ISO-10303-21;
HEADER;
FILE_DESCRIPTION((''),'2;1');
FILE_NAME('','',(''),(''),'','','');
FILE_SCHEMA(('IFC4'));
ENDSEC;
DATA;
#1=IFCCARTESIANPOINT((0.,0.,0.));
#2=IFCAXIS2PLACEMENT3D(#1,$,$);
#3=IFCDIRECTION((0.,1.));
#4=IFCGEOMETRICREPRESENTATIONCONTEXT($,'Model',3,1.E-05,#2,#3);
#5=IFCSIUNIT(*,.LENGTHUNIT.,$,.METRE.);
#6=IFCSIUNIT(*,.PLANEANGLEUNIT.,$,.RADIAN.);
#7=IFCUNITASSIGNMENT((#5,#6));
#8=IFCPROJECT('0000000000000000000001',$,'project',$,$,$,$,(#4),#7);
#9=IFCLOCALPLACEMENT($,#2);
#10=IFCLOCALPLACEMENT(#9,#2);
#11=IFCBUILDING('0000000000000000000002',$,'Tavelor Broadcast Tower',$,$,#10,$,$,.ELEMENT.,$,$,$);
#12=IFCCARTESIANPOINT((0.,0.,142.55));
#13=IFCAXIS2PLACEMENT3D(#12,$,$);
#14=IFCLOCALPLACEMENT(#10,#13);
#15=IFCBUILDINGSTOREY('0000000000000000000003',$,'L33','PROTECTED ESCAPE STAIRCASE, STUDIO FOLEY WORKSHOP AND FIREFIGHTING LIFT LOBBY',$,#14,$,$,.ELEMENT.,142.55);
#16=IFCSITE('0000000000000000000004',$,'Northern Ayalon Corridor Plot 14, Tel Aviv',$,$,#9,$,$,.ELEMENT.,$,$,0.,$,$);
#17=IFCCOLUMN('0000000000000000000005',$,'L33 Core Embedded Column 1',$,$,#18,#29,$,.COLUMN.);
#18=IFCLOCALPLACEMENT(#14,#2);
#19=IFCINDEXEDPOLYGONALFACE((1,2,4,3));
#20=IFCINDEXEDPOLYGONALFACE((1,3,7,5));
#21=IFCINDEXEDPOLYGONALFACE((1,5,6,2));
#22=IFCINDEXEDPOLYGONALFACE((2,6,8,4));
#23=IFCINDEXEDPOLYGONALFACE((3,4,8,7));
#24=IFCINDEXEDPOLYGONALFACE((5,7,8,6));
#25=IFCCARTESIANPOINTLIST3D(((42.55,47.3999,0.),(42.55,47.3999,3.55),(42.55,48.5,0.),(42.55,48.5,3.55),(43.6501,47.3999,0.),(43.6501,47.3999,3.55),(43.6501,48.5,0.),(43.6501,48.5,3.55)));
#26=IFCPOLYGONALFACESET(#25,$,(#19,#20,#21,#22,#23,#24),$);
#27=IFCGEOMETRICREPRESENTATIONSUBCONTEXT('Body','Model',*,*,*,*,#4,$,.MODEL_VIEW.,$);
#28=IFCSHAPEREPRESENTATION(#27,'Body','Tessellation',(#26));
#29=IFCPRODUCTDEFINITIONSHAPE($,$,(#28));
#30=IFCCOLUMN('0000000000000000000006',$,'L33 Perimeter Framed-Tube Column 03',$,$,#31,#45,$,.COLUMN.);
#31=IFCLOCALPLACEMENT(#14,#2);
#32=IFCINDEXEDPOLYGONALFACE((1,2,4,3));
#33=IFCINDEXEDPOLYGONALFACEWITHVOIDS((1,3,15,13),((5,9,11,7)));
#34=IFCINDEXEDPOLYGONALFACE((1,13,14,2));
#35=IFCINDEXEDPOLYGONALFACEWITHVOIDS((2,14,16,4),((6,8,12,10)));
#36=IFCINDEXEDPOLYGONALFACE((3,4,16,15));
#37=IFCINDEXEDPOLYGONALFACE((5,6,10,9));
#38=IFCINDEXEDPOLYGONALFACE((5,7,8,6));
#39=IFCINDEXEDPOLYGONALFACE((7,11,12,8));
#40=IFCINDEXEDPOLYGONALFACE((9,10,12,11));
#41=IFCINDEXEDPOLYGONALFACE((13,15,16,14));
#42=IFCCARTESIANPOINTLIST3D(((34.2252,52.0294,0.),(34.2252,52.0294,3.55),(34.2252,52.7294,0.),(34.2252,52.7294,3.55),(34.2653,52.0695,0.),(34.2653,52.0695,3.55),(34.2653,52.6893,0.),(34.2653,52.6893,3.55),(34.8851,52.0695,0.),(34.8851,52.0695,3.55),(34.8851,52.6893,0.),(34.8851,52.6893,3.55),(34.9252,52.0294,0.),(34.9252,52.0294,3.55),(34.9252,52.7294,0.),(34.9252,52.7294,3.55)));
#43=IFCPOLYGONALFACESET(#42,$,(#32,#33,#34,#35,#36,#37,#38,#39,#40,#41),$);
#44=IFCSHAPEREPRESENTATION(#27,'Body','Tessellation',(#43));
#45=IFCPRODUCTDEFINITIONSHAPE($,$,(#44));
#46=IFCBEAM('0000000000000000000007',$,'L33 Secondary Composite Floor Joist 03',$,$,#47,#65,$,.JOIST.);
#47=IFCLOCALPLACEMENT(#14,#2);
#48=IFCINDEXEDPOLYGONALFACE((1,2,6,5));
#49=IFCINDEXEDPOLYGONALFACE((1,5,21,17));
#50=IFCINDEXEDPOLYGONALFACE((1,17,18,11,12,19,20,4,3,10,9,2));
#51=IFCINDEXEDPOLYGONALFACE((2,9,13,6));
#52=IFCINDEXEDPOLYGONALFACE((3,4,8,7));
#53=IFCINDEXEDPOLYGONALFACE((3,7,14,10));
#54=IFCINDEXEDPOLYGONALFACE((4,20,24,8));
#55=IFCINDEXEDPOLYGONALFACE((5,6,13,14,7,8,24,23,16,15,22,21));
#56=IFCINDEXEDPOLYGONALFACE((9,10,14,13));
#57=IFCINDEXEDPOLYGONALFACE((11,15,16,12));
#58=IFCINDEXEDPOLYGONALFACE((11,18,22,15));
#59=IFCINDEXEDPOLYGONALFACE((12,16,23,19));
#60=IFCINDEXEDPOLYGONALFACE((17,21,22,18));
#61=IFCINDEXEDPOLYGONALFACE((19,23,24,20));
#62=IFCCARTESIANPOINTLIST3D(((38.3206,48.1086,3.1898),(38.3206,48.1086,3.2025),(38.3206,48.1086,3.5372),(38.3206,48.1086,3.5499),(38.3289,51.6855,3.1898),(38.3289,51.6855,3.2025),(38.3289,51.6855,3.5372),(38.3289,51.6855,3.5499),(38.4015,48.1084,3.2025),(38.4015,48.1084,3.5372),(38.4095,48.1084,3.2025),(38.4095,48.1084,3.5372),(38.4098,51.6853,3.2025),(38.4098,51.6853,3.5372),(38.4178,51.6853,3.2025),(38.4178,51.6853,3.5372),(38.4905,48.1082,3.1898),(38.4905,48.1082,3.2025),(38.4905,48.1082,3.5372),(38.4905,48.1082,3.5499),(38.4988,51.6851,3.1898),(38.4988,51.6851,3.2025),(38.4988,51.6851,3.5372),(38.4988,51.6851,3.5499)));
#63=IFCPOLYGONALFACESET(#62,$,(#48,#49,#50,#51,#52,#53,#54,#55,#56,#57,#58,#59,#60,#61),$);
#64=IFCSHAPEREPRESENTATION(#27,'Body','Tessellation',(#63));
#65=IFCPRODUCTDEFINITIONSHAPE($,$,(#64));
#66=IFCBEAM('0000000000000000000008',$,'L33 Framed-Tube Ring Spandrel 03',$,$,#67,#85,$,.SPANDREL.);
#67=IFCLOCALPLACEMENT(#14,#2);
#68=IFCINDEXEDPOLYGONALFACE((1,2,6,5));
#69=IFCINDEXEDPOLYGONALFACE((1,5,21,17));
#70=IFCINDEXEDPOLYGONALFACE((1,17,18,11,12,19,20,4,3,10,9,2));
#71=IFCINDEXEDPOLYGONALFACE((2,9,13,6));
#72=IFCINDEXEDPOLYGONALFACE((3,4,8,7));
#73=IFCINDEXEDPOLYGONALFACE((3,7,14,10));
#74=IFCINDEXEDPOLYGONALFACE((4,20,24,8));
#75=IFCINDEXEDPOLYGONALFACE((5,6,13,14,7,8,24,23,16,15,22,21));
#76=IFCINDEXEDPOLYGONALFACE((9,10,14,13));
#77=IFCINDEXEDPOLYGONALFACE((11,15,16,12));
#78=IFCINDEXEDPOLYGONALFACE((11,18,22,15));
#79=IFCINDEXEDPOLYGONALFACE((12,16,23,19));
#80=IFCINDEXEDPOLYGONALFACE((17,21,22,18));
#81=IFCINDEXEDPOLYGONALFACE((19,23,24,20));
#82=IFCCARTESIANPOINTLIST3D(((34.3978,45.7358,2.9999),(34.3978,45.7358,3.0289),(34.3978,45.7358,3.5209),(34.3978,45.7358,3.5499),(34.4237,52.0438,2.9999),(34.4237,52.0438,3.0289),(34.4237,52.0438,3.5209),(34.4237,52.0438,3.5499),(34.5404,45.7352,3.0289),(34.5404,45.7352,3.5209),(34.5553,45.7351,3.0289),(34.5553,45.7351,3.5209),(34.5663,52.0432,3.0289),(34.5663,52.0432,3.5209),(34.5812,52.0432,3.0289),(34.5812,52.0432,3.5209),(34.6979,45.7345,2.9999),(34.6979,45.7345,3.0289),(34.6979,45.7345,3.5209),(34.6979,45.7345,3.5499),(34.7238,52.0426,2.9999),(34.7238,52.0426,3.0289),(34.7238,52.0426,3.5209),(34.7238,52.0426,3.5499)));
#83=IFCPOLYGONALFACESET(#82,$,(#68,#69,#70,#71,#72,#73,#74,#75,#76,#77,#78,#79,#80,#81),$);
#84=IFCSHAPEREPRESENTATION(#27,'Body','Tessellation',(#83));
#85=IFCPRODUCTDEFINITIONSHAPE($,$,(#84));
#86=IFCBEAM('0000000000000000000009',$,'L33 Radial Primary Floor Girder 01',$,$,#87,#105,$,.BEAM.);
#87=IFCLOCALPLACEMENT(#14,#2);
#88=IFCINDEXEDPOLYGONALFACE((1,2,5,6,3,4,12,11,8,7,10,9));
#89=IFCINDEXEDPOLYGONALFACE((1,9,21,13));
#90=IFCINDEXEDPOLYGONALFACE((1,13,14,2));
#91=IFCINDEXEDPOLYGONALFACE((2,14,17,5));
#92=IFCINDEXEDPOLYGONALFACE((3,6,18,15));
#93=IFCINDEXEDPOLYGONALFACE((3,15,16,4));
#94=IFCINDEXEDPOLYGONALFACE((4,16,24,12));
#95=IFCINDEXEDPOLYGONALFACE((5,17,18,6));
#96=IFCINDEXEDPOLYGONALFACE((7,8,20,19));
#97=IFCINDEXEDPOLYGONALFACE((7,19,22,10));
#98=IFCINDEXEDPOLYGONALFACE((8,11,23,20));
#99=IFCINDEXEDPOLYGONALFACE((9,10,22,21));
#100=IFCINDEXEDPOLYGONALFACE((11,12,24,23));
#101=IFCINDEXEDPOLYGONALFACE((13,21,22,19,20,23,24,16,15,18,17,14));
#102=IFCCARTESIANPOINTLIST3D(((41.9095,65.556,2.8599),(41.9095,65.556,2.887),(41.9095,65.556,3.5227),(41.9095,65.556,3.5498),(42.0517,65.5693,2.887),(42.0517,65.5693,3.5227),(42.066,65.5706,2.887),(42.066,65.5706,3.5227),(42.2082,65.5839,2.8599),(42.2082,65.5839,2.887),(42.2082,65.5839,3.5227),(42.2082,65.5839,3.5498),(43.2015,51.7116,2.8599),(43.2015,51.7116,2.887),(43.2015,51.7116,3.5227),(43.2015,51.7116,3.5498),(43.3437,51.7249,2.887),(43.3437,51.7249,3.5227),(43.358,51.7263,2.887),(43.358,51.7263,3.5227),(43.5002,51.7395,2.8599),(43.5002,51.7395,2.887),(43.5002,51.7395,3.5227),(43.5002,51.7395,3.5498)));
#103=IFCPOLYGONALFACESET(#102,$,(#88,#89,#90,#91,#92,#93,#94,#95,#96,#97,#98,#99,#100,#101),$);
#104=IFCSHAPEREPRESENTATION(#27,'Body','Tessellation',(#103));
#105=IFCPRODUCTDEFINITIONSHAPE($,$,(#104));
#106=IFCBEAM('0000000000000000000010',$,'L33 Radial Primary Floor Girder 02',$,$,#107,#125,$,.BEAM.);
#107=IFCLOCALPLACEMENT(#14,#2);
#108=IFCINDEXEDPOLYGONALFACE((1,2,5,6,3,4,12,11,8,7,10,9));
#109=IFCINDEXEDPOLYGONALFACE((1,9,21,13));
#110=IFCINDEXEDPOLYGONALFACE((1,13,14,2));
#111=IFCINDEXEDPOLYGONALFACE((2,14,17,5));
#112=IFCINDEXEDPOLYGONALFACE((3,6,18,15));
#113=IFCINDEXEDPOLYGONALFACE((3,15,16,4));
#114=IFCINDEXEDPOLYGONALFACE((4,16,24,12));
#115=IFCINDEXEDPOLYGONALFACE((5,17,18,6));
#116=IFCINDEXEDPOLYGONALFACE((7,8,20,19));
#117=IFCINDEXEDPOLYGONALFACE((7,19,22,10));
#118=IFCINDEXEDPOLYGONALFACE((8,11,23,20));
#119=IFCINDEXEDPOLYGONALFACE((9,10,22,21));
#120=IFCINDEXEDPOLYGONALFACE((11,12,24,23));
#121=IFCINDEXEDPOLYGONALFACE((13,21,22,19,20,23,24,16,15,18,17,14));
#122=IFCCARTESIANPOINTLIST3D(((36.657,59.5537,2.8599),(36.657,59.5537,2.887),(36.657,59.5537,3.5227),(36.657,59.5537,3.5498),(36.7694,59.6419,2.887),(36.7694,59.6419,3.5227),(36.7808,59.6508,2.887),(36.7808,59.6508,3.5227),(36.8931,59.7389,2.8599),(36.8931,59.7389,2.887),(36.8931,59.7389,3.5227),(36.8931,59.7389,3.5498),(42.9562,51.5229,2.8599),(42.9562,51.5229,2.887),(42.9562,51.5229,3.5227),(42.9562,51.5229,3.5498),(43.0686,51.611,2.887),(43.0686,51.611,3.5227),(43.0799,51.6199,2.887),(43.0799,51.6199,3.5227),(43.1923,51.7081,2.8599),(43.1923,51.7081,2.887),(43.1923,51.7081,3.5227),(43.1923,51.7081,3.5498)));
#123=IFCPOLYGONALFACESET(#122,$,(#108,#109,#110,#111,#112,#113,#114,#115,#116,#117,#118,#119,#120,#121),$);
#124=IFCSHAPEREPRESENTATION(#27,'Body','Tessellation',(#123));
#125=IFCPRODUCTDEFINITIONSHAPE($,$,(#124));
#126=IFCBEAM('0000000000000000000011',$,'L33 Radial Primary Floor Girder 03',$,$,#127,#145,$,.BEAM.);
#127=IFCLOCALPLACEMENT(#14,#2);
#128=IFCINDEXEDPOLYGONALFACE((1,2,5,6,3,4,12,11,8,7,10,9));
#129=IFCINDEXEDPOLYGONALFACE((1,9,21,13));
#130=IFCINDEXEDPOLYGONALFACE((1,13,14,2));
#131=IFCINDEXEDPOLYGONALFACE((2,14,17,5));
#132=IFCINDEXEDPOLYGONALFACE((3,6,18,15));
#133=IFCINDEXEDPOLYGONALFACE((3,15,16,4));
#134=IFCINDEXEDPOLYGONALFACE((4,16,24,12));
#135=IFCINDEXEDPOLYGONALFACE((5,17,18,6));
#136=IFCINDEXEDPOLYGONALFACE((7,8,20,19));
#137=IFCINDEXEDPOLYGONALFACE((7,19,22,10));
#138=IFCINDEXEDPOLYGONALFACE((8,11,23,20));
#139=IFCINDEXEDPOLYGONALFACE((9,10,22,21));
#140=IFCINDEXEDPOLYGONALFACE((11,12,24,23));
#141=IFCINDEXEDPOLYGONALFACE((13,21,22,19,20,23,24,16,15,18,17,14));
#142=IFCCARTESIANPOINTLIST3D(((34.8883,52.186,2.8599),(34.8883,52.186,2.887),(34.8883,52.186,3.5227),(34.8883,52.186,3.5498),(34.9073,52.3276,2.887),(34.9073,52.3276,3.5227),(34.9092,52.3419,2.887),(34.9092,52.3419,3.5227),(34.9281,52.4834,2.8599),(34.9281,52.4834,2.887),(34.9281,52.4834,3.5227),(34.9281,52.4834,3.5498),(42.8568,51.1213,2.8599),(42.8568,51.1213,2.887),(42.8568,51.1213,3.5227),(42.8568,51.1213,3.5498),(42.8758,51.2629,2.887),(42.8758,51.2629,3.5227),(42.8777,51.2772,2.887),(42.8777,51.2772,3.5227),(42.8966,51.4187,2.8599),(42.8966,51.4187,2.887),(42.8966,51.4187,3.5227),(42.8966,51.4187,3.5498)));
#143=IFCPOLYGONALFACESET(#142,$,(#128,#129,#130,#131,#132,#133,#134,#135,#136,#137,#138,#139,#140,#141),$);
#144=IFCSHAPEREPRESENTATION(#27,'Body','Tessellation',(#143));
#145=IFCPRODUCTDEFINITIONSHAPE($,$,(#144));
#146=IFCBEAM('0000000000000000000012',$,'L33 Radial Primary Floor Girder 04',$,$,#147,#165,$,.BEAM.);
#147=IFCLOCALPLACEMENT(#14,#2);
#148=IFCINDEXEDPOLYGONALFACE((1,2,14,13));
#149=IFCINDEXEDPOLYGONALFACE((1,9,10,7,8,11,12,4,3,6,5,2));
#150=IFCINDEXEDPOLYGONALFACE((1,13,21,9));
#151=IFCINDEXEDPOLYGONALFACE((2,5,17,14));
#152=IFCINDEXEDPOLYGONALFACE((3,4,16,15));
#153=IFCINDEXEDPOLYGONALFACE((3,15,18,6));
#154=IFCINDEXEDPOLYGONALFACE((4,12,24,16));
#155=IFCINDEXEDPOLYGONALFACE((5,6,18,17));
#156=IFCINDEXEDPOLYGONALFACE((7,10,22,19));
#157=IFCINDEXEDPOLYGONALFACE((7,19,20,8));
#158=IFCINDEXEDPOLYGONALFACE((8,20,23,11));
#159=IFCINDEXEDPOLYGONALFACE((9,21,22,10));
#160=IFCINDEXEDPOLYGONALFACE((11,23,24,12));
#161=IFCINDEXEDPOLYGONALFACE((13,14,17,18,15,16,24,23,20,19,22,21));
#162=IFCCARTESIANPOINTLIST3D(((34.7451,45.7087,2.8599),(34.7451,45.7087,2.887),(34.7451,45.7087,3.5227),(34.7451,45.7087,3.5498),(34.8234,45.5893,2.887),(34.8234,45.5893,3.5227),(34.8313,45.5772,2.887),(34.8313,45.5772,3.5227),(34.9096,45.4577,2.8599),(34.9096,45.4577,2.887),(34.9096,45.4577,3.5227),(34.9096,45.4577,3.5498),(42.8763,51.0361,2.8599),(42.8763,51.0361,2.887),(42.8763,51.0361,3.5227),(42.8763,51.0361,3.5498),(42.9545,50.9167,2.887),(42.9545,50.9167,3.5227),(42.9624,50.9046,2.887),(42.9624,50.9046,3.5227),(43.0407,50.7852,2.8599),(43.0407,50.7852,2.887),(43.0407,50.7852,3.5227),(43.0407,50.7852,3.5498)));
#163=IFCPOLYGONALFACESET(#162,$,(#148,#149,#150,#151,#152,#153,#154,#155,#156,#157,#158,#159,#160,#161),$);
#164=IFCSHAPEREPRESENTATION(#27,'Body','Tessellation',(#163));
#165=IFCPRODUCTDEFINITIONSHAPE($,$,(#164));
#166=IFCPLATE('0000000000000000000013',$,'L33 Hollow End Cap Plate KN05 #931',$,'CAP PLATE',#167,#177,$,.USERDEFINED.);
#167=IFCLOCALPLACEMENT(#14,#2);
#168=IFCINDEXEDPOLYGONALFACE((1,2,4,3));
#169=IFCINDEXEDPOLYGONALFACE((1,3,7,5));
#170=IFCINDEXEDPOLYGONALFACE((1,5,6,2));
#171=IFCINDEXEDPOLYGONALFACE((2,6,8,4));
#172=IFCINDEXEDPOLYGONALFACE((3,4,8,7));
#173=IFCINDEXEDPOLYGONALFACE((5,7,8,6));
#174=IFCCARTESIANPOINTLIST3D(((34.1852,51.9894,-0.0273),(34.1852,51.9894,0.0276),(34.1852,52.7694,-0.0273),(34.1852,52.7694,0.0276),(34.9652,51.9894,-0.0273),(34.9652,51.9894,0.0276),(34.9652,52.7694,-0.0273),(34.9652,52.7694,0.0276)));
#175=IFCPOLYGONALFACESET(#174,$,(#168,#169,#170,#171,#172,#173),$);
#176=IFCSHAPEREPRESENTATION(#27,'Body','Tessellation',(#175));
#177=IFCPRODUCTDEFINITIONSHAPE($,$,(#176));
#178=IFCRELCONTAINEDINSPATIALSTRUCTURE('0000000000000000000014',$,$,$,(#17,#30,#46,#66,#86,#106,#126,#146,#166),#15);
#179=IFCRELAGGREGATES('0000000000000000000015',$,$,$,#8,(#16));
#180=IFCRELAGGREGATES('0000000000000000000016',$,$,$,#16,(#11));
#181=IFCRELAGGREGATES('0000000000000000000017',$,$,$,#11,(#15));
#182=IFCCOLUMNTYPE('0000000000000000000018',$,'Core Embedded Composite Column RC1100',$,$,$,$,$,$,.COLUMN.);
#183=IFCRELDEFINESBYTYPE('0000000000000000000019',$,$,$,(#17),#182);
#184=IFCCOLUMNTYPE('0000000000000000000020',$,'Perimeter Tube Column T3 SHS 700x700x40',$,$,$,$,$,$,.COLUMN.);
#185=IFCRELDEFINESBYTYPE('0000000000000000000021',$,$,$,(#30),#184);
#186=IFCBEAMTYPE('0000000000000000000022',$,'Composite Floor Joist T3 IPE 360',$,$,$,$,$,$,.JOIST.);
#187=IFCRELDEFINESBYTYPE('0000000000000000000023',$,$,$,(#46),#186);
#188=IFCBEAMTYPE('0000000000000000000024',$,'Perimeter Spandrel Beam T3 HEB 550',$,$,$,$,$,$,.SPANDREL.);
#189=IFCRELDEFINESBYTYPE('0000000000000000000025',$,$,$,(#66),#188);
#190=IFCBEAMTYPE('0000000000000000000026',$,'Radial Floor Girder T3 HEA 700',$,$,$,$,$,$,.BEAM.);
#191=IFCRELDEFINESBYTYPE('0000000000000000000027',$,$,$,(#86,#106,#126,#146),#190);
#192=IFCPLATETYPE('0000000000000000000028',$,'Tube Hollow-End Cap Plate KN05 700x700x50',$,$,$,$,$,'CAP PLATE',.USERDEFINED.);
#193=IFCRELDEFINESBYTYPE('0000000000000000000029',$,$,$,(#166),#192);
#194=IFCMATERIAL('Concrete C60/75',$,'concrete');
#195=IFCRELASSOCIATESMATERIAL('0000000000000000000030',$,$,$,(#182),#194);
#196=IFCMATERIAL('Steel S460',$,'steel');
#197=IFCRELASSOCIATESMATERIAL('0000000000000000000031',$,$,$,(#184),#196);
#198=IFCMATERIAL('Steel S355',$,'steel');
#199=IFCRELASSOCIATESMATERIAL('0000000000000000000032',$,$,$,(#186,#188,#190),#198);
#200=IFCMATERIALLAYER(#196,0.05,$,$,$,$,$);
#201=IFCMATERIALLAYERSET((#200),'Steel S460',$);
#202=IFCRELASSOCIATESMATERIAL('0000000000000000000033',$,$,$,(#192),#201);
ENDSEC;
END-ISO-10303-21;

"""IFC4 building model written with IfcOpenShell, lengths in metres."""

from ifc_helpers import new_model, si_unit, direction, frame, origin, origin_2d, place, context, subcontext, project, spatial, rectangle, hollow_rectangle, i_section, extrude, source, transform, mapped, material, layer, layer_set, material_profile, profile_set, type_object, type_shapes, element, save


model = new_model("IFC4")

# Units and contexts
model_context = context("Model", 3, precision=1e-05, world=origin(), true_north=direction((0.0, 1.0)))
body_context = subcontext(model_context, "Body", "Model", "MODEL_VIEW")
ifc_project = project(units=[si_unit("LENGTHUNIT", "METRE"), si_unit("PLANEANGLEUNIT", "RADIAN")], contexts=[model_context])

# Site, building, storey
site_placement = place(None, origin())
site = spatial("IfcSite", under=ifc_project, at=site_placement, Name="Northern Ayalon Corridor Plot 14, Tel Aviv", CompositionType="ELEMENT", RefElevation=0.0)
building_placement = place(site_placement, origin())
building = spatial("IfcBuilding", under=site, at=building_placement, Name="Tavelor Broadcast Tower", CompositionType="ELEMENT")
storey_placement = place(building_placement, frame((0.0, 0.0, 142.55)))
storey = spatial("IfcBuildingStorey", under=building, at=storey_placement, Name="L33", Description="PROTECTED ESCAPE STAIRCASE, STUDIO FOLEY WORKSHOP AND FIREFIGHTING LIFT LOBBY", CompositionType="ELEMENT", Elevation=142.55)

# Columns
ifc_material_1 = material(Name="Concrete C60/75", Category="concrete")
ifc_material_profile_1 = material_profile(ifc_material_1, rectangle(XDim=1.1001, YDim=1.1001, at=origin_2d()), Name="RC 1100x1100")
ifc_profile_set_1 = profile_set([ifc_material_profile_1], Name="Concrete C60/75")
column_type_1 = type_object("IfcColumnType", Name="Core Embedded Composite Column RC1100", PredefinedType="COLUMN", material=ifc_profile_set_1)
column_1_placement = place(storey_placement, frame((43.1001, 47.95, 0.0), z_axis=(0.0, 0.0, 1.0), x_axis=(1.0, 0.0, 0.0)))
element("IfcColumn", 1, at=column_1_placement, inside=storey, type_object=column_type_1, Name="L33 Core Embedded Column 1", PredefinedType="COLUMN", context=body_context, shape_type="SweptSolid", body=[
    extrude(rectangle(XDim=1.1001, YDim=1.1001, at=origin_2d()), origin(), (0.0, 0.0, 1.0), 3.55),
])
ifc_material_2 = material(Name="Steel S460", Category="steel")
ifc_material_profile_2 = material_profile(ifc_material_2, hollow_rectangle(XDim=0.7, YDim=0.7, WallThickness=0.04, at=origin_2d()), Name="SHS 700x700x40")
ifc_profile_set_2 = profile_set([ifc_material_profile_2], Name="Steel S460")
column_type_2 = type_object("IfcColumnType", Name="Perimeter Tube Column T3 SHS 700x700x40", PredefinedType="COLUMN", material=ifc_profile_set_2)
column_2_placement = place(storey_placement, frame((34.5752, 52.3794, 0.0), z_axis=(0.0, 0.0, 1.0), x_axis=(1.0, 0.0, 0.0)))
element("IfcColumn", 2, at=column_2_placement, inside=storey, type_object=column_type_2, Name="L33 Perimeter Framed-Tube Column 03", PredefinedType="COLUMN", context=body_context, shape_type="SweptSolid", body=[
    extrude(hollow_rectangle(XDim=0.7, YDim=0.7, WallThickness=0.04, at=origin_2d()), origin(), (0.0, 0.0, 1.0), 3.55),
])

# Beams
ifc_material_3 = material(Name="Steel S355", Category="steel")
ifc_material_profile_3 = material_profile(ifc_material_3, i_section(OverallWidth=0.1699, OverallDepth=0.3601, WebThickness=0.0081, FlangeThickness=0.0127, at=origin_2d()), Name="IPE 360")
ifc_profile_set_3 = profile_set([ifc_material_profile_3], Name="Steel S355")
beam_type_1 = type_object("IfcBeamType", Name="Composite Floor Joist T3 IPE 360", PredefinedType="JOIST", material=ifc_profile_set_3)
beam_1_placement = place(storey_placement, frame((38.4138, 51.6853, 3.3699), z_axis=(-0.002321, -0.999997, 0.0), x_axis=(0.999997, -0.002321, 0.0)))
element("IfcBeam", 3, at=beam_1_placement, inside=storey, type_object=beam_type_1, Name="L33 Secondary Composite Floor Joist 03", PredefinedType="JOIST", context=body_context, shape_type="SweptSolid", body=[
    extrude(i_section(OverallWidth=0.1699, OverallDepth=0.3601, WebThickness=0.0081, FlangeThickness=0.0127, at=origin_2d()), origin(), (0.0, 0.0, 1.0), 3.5769),
])
ifc_material_profile_4 = material_profile(ifc_material_3, i_section(OverallWidth=0.3, OverallDepth=0.55, WebThickness=0.0149, FlangeThickness=0.0291, at=origin_2d()), Name="HEB 550")
ifc_profile_set_4 = profile_set([ifc_material_profile_4], Name="Steel S355")
beam_type_2 = type_object("IfcBeamType", Name="Perimeter Spandrel Beam T3 HEB 550", PredefinedType="SPANDREL", material=ifc_profile_set_4)
beam_2_placement = place(storey_placement, frame((34.5737, 52.0432, 3.2749), z_axis=(-0.004102, -0.999992, 0.0), x_axis=(0.999992, -0.004102, 0.0)))
element("IfcBeam", 4, at=beam_2_placement, inside=storey, type_object=beam_type_2, Name="L33 Framed-Tube Ring Spandrel 03", PredefinedType="SPANDREL", context=body_context, shape_type="SweptSolid", body=[
    extrude(i_section(OverallWidth=0.3, OverallDepth=0.55, WebThickness=0.0149, FlangeThickness=0.0291, at=origin_2d()), origin(), (0.0, 0.0, 1.0), 6.3081),
])
ifc_material_profile_5 = material_profile(ifc_material_3, i_section(OverallWidth=0.3, OverallDepth=0.6899, WebThickness=0.0144, FlangeThickness=0.0271, at=origin_2d()), Name="HEA 700")
ifc_profile_set_5 = profile_set([ifc_material_profile_5], Name="Steel S355")
beam_type_3 = type_object("IfcBeamType", Name="Radial Floor Girder T3 HEA 700", PredefinedType="BEAM", material=ifc_profile_set_5)
beam_3_placement = place(storey_placement, frame((43.3508, 51.7256, 3.2048), z_axis=(-0.092918, 0.995674, 0.0), x_axis=(-0.995674, -0.092918, 0.0)))
element("IfcBeam", 5, at=beam_3_placement, inside=storey, type_object=beam_type_3, Name="L33 Radial Primary Floor Girder 01", PredefinedType="BEAM", context=body_context, shape_type="SweptSolid", body=[
    extrude(i_section(OverallWidth=0.3, OverallDepth=0.6899, WebThickness=0.0144, FlangeThickness=0.0271, at=origin_2d()), origin(), (0.0, 0.0, 1.0), 13.9045),
])
beam_4_placement = place(storey_placement, frame((43.0742, 51.6155, 3.2048), z_axis=(-0.617166, 0.786833, 0.0), x_axis=(-0.786833, -0.617166, 0.0)))
element("IfcBeam", 6, at=beam_4_placement, inside=storey, type_object=beam_type_3, Name="L33 Radial Primary Floor Girder 02", PredefinedType="BEAM", context=body_context, shape_type="SweptSolid", body=[
    extrude(i_section(OverallWidth=0.3, OverallDepth=0.6899, WebThickness=0.0144, FlangeThickness=0.0271, at=origin_2d()), origin(), (0.0, 0.0, 1.0), 10.2065),
])
beam_5_placement = place(storey_placement, frame((42.8767, 51.27, 3.2048), z_axis=(-0.991192, 0.132436, 0.0), x_axis=(-0.132436, -0.991192, 0.0)))
element("IfcBeam", 7, at=beam_5_placement, inside=storey, type_object=beam_type_3, Name="L33 Radial Primary Floor Girder 03", PredefinedType="BEAM", context=body_context, shape_type="SweptSolid", body=[
    extrude(i_section(OverallWidth=0.3, OverallDepth=0.6899, WebThickness=0.0144, FlangeThickness=0.0271, at=origin_2d()), origin(), (0.0, 0.0, 1.0), 8.0393),
])
beam_6_placement = place(storey_placement, frame((42.9585, 50.9106, 3.2048), z_axis=(-0.836456, -0.548035, 0.0), x_axis=(0.548035, -0.836456, 0.0)))
element("IfcBeam", 8, at=beam_6_placement, inside=storey, type_object=beam_type_3, Name="L33 Radial Primary Floor Girder 04", PredefinedType="BEAM", context=body_context, shape_type="SweptSolid", body=[
    extrude(i_section(OverallWidth=0.3, OverallDepth=0.6899, WebThickness=0.0144, FlangeThickness=0.0271, at=origin_2d()), origin(), (0.0, 0.0, 1.0), 9.7209),
])

# Plate
ifc_layer_1 = layer(ifc_material_2, 0.05)
ifc_layer_set_1 = layer_set([ifc_layer_1], Name="Steel S460")
plate_type_1 = type_object("IfcPlateType", Name="Tube Hollow-End Cap Plate KN05 700x700x50", ElementType="CAP PLATE", PredefinedType="USERDEFINED", material=ifc_layer_set_1)
shared_shape_1 = source(origin(), body_context, "Body", "SweptSolid", [
    extrude(rectangle(XDim=0.78, YDim=0.78, at=origin_2d()), origin(), (0.0, 0.0, 1.0), 0.0549),
])
type_shapes(plate_type_1, [shared_shape_1])
for number, where, z_axis, x_axis, name in (
    (9, (34.5752, 52.3794, -0.0273), (0.0, 0.0, 1.0), (1.0, 0.0, 0.0), "L33 Hollow End Cap Plate KN05 #931"),
):
    element("IfcPlate", number, at=place(storey_placement, frame(where, z_axis=z_axis, x_axis=x_axis)), inside=storey, type_object=plate_type_1, Name=name, ObjectType="CAP PLATE", PredefinedType="USERDEFINED", context=body_context, shape_type="MappedRepresentation", body=[
        mapped(shared_shape_1, transform((0.0, 0.0, 0.0), scale=1.0)),
    ])

save(model, "model.ifc")
